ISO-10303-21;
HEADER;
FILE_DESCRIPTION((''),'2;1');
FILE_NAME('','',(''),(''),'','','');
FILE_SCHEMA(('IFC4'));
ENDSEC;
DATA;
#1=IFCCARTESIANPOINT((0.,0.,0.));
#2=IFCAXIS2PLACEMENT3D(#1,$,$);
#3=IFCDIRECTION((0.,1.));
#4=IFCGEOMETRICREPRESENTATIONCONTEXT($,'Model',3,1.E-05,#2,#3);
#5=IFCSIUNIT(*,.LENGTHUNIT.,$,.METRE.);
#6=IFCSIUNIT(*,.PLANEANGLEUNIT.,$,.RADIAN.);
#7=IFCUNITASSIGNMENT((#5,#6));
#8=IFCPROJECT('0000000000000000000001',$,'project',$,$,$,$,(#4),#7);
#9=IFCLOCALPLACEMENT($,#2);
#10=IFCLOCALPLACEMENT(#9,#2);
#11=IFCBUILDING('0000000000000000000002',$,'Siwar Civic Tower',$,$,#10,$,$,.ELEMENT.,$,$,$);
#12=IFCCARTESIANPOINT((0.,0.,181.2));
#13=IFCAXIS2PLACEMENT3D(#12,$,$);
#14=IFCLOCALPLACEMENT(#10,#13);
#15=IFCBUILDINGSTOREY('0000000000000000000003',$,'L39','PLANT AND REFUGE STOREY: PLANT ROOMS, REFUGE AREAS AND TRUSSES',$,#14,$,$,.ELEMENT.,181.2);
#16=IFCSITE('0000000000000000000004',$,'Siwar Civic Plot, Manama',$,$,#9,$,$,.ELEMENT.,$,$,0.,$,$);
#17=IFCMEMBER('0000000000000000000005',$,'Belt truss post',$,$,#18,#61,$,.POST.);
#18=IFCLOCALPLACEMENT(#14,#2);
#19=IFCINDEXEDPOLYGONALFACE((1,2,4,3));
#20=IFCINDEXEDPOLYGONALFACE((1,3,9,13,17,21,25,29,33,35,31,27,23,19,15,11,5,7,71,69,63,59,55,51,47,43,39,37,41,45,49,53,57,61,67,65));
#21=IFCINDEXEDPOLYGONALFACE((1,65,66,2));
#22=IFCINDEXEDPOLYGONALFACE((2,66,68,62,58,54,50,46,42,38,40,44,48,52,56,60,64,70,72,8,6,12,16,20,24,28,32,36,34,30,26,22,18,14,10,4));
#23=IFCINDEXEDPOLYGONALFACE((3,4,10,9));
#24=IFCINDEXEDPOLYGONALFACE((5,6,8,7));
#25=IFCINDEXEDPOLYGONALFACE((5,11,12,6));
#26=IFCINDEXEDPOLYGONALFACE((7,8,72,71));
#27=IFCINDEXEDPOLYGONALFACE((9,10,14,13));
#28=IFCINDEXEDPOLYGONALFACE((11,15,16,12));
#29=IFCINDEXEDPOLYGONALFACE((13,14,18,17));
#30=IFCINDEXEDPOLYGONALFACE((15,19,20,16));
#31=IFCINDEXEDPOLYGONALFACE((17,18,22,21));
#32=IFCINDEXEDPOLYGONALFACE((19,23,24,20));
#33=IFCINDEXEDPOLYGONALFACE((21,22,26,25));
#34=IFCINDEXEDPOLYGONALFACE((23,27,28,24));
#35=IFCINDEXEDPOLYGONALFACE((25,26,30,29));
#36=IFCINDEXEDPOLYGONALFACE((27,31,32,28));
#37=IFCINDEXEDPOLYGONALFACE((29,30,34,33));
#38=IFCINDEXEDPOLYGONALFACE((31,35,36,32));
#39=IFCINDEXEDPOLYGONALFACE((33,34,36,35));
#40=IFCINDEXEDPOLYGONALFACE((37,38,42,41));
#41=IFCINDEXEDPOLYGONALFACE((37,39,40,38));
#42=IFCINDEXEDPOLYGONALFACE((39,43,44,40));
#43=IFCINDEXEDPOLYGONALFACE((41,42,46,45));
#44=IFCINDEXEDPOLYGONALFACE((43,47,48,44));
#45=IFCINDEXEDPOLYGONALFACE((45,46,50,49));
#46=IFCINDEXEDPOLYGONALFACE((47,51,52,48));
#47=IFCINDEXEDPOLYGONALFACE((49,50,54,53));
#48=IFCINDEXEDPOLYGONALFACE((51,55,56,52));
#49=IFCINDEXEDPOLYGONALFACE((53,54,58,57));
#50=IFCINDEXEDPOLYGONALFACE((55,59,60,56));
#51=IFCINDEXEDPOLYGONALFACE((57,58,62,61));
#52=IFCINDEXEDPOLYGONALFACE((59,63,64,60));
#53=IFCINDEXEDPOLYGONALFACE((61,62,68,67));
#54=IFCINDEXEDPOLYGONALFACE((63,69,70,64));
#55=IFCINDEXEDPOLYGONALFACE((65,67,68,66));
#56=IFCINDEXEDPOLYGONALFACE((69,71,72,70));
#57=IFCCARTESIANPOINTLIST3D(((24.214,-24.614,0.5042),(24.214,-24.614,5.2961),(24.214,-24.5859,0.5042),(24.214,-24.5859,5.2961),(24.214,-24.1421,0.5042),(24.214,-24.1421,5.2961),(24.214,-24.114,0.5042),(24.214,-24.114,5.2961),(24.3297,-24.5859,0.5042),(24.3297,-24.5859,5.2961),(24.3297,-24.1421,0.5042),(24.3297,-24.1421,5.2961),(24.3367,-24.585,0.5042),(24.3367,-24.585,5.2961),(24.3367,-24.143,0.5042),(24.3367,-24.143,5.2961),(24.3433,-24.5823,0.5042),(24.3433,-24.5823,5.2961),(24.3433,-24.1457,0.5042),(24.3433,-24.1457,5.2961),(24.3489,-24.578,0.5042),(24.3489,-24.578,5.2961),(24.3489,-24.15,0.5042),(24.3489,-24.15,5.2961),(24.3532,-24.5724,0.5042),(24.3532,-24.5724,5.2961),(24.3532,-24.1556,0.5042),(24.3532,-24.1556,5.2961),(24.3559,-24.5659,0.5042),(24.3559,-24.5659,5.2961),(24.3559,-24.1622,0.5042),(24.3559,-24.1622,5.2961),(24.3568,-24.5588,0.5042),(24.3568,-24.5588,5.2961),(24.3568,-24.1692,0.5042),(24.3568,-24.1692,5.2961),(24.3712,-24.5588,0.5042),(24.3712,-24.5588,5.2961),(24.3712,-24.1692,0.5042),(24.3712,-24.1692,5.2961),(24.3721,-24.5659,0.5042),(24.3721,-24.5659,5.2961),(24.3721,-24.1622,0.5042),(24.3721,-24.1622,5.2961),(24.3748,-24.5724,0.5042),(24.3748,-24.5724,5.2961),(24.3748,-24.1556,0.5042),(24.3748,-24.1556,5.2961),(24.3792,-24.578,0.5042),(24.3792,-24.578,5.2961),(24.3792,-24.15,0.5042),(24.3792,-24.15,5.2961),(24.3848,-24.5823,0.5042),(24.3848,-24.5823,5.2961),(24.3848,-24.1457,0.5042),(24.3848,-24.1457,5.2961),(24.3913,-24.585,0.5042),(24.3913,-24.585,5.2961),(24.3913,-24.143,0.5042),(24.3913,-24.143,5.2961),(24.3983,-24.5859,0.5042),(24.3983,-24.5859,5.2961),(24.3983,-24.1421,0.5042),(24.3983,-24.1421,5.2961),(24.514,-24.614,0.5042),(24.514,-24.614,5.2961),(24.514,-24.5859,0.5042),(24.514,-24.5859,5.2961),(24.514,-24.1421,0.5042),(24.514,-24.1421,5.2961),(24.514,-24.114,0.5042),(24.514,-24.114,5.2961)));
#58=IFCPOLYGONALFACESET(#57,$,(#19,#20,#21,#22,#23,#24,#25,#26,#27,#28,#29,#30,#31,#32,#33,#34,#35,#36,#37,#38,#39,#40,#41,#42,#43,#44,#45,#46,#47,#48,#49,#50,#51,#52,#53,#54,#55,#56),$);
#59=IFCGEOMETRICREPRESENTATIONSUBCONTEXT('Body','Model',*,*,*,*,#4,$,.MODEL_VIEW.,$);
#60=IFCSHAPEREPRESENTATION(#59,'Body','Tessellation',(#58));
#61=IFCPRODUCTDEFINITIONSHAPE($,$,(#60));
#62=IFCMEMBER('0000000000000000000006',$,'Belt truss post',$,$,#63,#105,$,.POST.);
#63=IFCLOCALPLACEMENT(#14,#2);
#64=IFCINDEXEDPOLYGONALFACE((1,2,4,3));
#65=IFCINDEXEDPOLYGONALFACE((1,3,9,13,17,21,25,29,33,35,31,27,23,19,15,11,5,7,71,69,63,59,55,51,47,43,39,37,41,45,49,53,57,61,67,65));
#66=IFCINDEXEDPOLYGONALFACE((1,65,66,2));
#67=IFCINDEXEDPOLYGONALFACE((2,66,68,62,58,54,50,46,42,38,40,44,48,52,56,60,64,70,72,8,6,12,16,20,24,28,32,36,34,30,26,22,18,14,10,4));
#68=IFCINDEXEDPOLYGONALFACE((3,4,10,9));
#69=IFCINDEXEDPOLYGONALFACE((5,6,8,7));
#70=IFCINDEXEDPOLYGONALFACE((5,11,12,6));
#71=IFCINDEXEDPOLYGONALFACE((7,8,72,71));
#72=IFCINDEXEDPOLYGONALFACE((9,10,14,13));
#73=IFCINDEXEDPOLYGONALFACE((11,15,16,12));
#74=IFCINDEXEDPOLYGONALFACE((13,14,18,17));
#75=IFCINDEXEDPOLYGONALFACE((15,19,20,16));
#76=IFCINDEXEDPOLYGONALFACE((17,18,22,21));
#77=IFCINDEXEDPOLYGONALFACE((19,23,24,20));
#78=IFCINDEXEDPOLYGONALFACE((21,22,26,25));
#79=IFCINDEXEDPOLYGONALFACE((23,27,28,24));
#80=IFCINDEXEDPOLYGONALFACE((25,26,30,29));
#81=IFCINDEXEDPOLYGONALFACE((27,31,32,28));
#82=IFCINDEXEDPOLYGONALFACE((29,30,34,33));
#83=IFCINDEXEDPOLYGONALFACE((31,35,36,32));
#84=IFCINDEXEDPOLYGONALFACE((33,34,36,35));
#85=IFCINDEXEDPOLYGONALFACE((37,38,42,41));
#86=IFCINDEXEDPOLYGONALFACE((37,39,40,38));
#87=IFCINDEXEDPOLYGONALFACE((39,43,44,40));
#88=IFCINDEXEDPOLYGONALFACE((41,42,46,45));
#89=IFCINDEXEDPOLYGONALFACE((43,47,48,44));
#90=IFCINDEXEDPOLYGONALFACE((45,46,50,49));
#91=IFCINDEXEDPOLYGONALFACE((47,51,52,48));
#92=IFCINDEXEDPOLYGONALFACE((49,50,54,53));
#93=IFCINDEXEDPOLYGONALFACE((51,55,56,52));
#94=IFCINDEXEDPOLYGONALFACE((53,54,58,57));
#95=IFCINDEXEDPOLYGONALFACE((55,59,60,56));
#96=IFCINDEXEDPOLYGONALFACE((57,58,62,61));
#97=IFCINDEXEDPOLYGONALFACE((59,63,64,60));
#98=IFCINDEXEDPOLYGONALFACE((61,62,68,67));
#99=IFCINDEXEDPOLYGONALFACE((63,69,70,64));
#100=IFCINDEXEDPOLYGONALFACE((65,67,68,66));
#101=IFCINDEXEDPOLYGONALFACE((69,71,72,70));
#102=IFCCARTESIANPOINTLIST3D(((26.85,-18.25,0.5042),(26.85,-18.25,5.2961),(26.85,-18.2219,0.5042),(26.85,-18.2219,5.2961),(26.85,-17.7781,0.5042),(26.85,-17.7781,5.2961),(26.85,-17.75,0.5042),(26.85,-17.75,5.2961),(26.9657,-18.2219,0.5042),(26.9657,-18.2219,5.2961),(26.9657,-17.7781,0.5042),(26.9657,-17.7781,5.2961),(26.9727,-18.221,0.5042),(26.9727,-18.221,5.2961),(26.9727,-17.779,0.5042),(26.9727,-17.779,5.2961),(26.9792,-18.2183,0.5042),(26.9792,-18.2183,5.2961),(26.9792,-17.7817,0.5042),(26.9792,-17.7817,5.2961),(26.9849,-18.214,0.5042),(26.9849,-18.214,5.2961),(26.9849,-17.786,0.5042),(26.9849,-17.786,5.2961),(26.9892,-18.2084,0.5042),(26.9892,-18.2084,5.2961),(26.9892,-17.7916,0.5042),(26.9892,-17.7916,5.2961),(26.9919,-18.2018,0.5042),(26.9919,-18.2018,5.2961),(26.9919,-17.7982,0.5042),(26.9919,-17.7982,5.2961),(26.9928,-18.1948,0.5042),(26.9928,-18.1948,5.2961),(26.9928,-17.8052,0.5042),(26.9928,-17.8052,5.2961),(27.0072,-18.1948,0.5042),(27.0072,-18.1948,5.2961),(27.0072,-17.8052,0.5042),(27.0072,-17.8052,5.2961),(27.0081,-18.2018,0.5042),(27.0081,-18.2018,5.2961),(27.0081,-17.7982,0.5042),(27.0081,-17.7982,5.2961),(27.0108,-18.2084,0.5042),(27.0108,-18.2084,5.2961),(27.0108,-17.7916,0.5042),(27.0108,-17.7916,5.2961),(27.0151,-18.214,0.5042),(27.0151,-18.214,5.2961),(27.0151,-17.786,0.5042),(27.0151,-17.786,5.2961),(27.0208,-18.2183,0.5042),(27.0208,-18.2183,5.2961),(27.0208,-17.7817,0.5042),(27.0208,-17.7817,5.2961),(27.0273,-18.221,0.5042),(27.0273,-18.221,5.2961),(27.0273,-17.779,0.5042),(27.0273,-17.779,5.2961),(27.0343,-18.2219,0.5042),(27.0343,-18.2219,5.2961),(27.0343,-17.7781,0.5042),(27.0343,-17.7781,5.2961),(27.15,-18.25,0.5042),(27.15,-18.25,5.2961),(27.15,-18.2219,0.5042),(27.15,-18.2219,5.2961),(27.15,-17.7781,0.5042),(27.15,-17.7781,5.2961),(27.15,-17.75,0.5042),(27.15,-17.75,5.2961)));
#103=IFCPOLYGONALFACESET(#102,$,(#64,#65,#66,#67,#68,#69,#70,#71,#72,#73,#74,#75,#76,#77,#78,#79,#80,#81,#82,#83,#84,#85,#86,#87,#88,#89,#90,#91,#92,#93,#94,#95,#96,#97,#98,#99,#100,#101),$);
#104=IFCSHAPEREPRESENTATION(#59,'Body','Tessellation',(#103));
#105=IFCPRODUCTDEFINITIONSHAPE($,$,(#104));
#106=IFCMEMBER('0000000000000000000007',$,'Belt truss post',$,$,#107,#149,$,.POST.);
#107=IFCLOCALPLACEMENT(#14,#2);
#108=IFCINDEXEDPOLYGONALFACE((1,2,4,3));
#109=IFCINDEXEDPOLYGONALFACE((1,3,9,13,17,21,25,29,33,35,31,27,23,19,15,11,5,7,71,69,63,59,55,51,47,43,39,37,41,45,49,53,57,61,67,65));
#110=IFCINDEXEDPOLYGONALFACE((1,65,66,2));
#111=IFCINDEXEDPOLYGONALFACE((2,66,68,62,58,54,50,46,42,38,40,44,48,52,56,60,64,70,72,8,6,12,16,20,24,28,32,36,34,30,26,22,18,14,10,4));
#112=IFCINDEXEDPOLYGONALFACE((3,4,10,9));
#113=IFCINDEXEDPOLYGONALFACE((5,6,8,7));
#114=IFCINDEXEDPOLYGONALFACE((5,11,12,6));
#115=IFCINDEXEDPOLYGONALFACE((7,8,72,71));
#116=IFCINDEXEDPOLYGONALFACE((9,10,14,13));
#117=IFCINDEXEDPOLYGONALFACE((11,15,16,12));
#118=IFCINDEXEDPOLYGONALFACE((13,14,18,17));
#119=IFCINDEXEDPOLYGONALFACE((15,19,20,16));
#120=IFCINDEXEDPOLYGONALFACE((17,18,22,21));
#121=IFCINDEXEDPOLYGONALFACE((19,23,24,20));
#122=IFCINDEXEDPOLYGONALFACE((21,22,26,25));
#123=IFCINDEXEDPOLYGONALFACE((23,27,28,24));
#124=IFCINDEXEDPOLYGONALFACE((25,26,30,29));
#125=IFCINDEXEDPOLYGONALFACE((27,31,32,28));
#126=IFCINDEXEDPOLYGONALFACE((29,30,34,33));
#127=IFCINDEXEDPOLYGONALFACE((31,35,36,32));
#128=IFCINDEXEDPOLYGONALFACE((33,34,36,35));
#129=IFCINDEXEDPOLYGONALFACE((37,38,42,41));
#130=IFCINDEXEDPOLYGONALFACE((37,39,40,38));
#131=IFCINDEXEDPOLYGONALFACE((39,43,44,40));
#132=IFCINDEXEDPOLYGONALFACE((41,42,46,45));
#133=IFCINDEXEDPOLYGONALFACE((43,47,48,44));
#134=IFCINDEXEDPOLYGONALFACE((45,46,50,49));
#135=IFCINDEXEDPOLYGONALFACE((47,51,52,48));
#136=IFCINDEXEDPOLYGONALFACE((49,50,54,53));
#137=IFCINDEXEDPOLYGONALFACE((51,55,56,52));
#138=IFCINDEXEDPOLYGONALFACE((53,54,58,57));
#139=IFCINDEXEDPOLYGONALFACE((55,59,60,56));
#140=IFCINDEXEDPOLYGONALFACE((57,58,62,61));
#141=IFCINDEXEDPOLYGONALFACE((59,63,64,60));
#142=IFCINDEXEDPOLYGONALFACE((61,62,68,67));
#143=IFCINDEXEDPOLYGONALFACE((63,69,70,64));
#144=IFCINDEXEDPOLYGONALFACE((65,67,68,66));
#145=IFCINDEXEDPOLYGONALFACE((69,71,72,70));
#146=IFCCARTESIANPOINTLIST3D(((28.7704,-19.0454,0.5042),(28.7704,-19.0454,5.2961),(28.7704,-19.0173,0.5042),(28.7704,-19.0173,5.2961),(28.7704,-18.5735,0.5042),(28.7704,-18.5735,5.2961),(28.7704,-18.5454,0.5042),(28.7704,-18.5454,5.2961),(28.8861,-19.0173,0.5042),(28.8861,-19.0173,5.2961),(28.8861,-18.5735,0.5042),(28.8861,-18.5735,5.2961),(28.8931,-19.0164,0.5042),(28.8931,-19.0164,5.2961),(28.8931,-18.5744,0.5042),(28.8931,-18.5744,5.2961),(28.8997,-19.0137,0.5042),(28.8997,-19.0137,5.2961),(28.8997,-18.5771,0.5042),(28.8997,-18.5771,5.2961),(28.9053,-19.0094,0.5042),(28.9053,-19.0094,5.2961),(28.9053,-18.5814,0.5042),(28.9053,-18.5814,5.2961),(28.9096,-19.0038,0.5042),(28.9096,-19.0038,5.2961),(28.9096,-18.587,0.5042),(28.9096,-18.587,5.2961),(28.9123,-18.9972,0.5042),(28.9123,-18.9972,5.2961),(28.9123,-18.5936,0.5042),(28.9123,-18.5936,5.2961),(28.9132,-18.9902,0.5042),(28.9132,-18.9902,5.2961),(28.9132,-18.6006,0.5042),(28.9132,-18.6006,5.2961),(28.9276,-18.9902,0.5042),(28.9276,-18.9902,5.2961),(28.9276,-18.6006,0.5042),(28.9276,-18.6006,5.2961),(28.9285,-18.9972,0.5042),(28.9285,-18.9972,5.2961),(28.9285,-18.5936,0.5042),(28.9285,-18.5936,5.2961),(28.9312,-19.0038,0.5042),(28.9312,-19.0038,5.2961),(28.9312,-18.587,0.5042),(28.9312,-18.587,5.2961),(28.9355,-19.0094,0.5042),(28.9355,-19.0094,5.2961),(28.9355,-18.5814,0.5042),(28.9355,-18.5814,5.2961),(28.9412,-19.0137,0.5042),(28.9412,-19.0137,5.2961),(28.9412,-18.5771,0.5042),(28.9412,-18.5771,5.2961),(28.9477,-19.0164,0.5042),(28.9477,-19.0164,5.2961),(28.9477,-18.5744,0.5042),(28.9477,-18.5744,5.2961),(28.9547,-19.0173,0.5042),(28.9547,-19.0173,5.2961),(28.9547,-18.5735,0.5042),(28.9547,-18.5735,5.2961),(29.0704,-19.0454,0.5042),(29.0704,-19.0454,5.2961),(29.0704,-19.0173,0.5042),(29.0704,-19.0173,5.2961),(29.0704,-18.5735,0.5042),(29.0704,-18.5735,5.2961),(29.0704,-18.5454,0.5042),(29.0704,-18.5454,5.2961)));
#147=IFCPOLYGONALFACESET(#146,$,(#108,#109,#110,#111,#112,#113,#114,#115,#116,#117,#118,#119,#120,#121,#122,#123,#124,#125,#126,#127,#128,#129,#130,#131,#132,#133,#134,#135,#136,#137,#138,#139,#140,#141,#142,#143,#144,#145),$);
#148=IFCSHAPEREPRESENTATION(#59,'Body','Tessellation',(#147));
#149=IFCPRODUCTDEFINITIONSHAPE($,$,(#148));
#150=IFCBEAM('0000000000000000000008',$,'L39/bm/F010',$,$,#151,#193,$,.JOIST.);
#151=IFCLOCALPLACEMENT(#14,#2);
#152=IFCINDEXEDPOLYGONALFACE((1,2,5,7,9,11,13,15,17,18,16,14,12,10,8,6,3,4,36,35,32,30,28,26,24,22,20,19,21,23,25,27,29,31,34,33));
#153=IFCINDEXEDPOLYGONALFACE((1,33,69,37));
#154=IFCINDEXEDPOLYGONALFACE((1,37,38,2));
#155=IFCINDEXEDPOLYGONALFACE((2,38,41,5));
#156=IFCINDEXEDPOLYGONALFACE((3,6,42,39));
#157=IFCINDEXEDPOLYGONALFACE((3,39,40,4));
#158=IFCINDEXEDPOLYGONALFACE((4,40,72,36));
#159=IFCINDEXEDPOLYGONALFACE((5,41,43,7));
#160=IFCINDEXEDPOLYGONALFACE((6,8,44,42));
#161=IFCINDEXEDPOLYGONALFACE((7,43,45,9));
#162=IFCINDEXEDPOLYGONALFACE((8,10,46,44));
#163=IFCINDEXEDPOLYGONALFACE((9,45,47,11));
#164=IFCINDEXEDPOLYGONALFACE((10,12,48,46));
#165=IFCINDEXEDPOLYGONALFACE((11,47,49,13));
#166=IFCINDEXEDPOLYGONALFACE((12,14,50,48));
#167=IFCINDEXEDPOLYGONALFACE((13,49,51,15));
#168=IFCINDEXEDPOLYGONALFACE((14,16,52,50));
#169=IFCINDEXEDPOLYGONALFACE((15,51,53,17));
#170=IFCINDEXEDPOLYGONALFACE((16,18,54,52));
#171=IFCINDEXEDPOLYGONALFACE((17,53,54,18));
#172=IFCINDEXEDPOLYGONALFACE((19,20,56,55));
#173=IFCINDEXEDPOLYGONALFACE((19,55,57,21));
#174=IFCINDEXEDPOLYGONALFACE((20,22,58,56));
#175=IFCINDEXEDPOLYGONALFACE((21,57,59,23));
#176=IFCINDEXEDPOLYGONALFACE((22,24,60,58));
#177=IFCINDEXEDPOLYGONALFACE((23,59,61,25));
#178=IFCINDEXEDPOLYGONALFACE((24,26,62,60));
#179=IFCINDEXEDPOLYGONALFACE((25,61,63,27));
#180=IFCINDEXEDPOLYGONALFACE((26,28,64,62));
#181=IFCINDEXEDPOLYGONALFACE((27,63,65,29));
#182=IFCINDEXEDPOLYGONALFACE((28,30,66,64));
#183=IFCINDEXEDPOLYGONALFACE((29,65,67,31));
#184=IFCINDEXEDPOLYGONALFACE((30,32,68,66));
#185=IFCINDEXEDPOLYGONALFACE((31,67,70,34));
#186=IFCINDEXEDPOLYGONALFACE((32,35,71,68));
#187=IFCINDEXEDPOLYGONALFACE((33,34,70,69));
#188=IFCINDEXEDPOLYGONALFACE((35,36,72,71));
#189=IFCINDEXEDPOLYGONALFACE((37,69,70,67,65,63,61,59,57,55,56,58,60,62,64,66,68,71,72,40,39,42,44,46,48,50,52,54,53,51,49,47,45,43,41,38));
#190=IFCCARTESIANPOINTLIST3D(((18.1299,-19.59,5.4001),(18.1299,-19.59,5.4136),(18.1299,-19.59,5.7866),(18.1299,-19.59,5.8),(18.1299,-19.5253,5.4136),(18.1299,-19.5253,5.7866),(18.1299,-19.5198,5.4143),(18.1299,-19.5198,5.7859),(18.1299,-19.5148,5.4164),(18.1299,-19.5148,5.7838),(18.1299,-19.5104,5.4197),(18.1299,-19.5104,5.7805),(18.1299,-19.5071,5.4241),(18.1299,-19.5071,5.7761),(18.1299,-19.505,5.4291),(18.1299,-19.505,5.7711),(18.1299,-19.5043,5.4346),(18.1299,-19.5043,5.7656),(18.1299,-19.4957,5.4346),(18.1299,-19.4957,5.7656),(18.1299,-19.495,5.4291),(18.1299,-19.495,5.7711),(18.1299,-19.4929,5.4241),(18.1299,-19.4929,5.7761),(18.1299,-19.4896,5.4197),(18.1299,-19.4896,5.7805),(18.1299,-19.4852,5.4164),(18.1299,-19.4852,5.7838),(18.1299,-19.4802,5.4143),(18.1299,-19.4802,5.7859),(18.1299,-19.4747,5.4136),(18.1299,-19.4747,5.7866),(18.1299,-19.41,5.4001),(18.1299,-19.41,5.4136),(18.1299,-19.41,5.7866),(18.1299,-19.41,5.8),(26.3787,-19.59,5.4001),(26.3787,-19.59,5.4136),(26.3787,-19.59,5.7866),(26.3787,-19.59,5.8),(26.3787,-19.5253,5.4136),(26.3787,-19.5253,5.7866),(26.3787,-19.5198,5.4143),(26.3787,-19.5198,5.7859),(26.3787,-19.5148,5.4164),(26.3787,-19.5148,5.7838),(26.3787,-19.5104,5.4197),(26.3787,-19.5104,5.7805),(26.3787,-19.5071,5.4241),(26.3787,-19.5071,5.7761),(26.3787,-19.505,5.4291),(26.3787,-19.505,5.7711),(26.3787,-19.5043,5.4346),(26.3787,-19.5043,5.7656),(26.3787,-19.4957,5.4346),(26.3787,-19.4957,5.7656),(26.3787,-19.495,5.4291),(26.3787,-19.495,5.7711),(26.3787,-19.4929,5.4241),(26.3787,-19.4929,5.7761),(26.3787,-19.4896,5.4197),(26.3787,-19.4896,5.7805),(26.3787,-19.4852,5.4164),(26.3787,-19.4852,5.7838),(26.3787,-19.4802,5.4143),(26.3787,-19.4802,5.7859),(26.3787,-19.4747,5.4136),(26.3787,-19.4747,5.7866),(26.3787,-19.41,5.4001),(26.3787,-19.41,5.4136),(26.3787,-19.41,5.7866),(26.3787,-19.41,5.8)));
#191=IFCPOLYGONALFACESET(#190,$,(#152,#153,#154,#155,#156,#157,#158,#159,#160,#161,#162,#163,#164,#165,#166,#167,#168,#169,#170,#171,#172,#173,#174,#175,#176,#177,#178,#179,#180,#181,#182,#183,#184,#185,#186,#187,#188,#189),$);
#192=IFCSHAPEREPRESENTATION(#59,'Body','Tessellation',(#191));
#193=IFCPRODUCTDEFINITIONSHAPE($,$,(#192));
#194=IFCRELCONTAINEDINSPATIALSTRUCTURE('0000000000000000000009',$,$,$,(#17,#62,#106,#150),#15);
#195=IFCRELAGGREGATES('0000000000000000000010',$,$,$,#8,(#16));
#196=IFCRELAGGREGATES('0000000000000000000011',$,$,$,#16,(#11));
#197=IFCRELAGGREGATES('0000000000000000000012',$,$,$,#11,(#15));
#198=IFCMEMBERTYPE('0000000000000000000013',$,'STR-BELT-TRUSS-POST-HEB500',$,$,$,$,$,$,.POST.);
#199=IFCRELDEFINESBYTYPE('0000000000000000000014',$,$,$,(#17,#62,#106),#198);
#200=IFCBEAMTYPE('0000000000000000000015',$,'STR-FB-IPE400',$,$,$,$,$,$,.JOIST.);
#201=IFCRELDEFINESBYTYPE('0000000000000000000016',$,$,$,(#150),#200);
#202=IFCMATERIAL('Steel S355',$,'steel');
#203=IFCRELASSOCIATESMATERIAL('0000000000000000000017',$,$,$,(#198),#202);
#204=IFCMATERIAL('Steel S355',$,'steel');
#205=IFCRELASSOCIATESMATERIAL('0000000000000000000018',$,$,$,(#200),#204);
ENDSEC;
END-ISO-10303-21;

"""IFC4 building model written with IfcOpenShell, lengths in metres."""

from ifc_helpers import new_model, si_unit, direction, frame, origin, origin_2d, place, context, subcontext, project, spatial, i_section, extrude, material, material_profile, profile_set, type_object, element, save


model = new_model("IFC4")

# Units and contexts
model_context = context("Model", 3, precision=1e-05, world=origin(), true_north=direction((0.0, 1.0)))
body_context = subcontext(model_context, "Body", "Model", "MODEL_VIEW")
ifc_project = project(units=[si_unit("LENGTHUNIT", "METRE"), si_unit("PLANEANGLEUNIT", "RADIAN")], contexts=[model_context])

# Site, building, storey
site_placement = place(None, origin())
site = spatial("IfcSite", under=ifc_project, at=site_placement, Name="Siwar Civic Plot, Manama", CompositionType="ELEMENT", RefElevation=0.0)
building_placement = place(site_placement, origin())
building = spatial("IfcBuilding", under=site, at=building_placement, Name="Siwar Civic Tower", CompositionType="ELEMENT")
storey_placement = place(building_placement, frame((0.0, 0.0, 181.2)))
storey = spatial("IfcBuildingStorey", under=building, at=storey_placement, Name="L39", Description="PLANT AND REFUGE STOREY: PLANT ROOMS, REFUGE AREAS AND TRUSSES", CompositionType="ELEMENT", Elevation=181.2)

# Members
ifc_material_1 = material(Name="Steel S355", Category="steel")
ifc_material_profile_1 = material_profile(ifc_material_1, i_section(OverallWidth=0.3, OverallDepth=0.5, WebThickness=0.0144, FlangeThickness=0.0281, FilletRadius=0.0271, at=origin_2d()), Name="HEB500")
ifc_profile_set_1 = profile_set([ifc_material_profile_1], Name="Steel S355")
member_type_1 = type_object("IfcMemberType", Name="STR-BELT-TRUSS-POST-HEB500", PredefinedType="POST", material=ifc_profile_set_1)
for number, where, z_axis, x_axis, name in (
    (1, (24.364, -24.364, 0.5042), (0.0, 0.0, 1.0), (1.0, 0.0, 0.0), "Belt truss post"),
    (2, (27.0, -18.0, 0.5042), (0.0, 0.0, 1.0), (1.0, 0.0, 0.0), "Belt truss post"),
    (3, (28.9204, -18.7954, 0.5042), (0.0, 0.0, 1.0), (1.0, 0.0, 0.0), "Belt truss post"),
):
    element("IfcMember", number, at=place(storey_placement, frame(where, z_axis=z_axis, x_axis=x_axis)), inside=storey, type_object=member_type_1, Name=name, PredefinedType="POST", context=body_context, shape_type="SweptSolid", body=[
        extrude(i_section(OverallWidth=0.3, OverallDepth=0.5, WebThickness=0.0144, FlangeThickness=0.0281, FilletRadius=0.0271, at=origin_2d()), origin(), (0.0, 0.0, 1.0), 4.792),
    ])

# Beam
ifc_material_2 = material(Name="Steel S355", Category="steel")
ifc_material_profile_2 = material_profile(ifc_material_2, i_section(OverallWidth=0.1799, OverallDepth=0.3999, WebThickness=0.0085, FlangeThickness=0.0134, FilletRadius=0.021, at=origin_2d()), Name="IPE400")
ifc_profile_set_2 = profile_set([ifc_material_profile_2], Name="Steel S355")
beam_type_1 = type_object("IfcBeamType", Name="STR-FB-IPE400", PredefinedType="JOIST", material=ifc_profile_set_2)
beam_1_placement = place(storey_placement, frame((18.1299, -19.5, 5.6001), z_axis=(1.0, 0.0, 0.0), x_axis=(0.0, 1.0, 0.0)))
element("IfcBeam", 4, at=beam_1_placement, inside=storey, type_object=beam_type_1, Name="L39/bm/F010", PredefinedType="JOIST", context=body_context, shape_type="SweptSolid", body=[
    extrude(i_section(OverallWidth=0.1799, OverallDepth=0.3999, WebThickness=0.0085, FlangeThickness=0.0134, FilletRadius=0.021, at=origin_2d()), origin(), (0.0, 0.0, 1.0), 8.2488),
])

save(model, "model.ifc")
